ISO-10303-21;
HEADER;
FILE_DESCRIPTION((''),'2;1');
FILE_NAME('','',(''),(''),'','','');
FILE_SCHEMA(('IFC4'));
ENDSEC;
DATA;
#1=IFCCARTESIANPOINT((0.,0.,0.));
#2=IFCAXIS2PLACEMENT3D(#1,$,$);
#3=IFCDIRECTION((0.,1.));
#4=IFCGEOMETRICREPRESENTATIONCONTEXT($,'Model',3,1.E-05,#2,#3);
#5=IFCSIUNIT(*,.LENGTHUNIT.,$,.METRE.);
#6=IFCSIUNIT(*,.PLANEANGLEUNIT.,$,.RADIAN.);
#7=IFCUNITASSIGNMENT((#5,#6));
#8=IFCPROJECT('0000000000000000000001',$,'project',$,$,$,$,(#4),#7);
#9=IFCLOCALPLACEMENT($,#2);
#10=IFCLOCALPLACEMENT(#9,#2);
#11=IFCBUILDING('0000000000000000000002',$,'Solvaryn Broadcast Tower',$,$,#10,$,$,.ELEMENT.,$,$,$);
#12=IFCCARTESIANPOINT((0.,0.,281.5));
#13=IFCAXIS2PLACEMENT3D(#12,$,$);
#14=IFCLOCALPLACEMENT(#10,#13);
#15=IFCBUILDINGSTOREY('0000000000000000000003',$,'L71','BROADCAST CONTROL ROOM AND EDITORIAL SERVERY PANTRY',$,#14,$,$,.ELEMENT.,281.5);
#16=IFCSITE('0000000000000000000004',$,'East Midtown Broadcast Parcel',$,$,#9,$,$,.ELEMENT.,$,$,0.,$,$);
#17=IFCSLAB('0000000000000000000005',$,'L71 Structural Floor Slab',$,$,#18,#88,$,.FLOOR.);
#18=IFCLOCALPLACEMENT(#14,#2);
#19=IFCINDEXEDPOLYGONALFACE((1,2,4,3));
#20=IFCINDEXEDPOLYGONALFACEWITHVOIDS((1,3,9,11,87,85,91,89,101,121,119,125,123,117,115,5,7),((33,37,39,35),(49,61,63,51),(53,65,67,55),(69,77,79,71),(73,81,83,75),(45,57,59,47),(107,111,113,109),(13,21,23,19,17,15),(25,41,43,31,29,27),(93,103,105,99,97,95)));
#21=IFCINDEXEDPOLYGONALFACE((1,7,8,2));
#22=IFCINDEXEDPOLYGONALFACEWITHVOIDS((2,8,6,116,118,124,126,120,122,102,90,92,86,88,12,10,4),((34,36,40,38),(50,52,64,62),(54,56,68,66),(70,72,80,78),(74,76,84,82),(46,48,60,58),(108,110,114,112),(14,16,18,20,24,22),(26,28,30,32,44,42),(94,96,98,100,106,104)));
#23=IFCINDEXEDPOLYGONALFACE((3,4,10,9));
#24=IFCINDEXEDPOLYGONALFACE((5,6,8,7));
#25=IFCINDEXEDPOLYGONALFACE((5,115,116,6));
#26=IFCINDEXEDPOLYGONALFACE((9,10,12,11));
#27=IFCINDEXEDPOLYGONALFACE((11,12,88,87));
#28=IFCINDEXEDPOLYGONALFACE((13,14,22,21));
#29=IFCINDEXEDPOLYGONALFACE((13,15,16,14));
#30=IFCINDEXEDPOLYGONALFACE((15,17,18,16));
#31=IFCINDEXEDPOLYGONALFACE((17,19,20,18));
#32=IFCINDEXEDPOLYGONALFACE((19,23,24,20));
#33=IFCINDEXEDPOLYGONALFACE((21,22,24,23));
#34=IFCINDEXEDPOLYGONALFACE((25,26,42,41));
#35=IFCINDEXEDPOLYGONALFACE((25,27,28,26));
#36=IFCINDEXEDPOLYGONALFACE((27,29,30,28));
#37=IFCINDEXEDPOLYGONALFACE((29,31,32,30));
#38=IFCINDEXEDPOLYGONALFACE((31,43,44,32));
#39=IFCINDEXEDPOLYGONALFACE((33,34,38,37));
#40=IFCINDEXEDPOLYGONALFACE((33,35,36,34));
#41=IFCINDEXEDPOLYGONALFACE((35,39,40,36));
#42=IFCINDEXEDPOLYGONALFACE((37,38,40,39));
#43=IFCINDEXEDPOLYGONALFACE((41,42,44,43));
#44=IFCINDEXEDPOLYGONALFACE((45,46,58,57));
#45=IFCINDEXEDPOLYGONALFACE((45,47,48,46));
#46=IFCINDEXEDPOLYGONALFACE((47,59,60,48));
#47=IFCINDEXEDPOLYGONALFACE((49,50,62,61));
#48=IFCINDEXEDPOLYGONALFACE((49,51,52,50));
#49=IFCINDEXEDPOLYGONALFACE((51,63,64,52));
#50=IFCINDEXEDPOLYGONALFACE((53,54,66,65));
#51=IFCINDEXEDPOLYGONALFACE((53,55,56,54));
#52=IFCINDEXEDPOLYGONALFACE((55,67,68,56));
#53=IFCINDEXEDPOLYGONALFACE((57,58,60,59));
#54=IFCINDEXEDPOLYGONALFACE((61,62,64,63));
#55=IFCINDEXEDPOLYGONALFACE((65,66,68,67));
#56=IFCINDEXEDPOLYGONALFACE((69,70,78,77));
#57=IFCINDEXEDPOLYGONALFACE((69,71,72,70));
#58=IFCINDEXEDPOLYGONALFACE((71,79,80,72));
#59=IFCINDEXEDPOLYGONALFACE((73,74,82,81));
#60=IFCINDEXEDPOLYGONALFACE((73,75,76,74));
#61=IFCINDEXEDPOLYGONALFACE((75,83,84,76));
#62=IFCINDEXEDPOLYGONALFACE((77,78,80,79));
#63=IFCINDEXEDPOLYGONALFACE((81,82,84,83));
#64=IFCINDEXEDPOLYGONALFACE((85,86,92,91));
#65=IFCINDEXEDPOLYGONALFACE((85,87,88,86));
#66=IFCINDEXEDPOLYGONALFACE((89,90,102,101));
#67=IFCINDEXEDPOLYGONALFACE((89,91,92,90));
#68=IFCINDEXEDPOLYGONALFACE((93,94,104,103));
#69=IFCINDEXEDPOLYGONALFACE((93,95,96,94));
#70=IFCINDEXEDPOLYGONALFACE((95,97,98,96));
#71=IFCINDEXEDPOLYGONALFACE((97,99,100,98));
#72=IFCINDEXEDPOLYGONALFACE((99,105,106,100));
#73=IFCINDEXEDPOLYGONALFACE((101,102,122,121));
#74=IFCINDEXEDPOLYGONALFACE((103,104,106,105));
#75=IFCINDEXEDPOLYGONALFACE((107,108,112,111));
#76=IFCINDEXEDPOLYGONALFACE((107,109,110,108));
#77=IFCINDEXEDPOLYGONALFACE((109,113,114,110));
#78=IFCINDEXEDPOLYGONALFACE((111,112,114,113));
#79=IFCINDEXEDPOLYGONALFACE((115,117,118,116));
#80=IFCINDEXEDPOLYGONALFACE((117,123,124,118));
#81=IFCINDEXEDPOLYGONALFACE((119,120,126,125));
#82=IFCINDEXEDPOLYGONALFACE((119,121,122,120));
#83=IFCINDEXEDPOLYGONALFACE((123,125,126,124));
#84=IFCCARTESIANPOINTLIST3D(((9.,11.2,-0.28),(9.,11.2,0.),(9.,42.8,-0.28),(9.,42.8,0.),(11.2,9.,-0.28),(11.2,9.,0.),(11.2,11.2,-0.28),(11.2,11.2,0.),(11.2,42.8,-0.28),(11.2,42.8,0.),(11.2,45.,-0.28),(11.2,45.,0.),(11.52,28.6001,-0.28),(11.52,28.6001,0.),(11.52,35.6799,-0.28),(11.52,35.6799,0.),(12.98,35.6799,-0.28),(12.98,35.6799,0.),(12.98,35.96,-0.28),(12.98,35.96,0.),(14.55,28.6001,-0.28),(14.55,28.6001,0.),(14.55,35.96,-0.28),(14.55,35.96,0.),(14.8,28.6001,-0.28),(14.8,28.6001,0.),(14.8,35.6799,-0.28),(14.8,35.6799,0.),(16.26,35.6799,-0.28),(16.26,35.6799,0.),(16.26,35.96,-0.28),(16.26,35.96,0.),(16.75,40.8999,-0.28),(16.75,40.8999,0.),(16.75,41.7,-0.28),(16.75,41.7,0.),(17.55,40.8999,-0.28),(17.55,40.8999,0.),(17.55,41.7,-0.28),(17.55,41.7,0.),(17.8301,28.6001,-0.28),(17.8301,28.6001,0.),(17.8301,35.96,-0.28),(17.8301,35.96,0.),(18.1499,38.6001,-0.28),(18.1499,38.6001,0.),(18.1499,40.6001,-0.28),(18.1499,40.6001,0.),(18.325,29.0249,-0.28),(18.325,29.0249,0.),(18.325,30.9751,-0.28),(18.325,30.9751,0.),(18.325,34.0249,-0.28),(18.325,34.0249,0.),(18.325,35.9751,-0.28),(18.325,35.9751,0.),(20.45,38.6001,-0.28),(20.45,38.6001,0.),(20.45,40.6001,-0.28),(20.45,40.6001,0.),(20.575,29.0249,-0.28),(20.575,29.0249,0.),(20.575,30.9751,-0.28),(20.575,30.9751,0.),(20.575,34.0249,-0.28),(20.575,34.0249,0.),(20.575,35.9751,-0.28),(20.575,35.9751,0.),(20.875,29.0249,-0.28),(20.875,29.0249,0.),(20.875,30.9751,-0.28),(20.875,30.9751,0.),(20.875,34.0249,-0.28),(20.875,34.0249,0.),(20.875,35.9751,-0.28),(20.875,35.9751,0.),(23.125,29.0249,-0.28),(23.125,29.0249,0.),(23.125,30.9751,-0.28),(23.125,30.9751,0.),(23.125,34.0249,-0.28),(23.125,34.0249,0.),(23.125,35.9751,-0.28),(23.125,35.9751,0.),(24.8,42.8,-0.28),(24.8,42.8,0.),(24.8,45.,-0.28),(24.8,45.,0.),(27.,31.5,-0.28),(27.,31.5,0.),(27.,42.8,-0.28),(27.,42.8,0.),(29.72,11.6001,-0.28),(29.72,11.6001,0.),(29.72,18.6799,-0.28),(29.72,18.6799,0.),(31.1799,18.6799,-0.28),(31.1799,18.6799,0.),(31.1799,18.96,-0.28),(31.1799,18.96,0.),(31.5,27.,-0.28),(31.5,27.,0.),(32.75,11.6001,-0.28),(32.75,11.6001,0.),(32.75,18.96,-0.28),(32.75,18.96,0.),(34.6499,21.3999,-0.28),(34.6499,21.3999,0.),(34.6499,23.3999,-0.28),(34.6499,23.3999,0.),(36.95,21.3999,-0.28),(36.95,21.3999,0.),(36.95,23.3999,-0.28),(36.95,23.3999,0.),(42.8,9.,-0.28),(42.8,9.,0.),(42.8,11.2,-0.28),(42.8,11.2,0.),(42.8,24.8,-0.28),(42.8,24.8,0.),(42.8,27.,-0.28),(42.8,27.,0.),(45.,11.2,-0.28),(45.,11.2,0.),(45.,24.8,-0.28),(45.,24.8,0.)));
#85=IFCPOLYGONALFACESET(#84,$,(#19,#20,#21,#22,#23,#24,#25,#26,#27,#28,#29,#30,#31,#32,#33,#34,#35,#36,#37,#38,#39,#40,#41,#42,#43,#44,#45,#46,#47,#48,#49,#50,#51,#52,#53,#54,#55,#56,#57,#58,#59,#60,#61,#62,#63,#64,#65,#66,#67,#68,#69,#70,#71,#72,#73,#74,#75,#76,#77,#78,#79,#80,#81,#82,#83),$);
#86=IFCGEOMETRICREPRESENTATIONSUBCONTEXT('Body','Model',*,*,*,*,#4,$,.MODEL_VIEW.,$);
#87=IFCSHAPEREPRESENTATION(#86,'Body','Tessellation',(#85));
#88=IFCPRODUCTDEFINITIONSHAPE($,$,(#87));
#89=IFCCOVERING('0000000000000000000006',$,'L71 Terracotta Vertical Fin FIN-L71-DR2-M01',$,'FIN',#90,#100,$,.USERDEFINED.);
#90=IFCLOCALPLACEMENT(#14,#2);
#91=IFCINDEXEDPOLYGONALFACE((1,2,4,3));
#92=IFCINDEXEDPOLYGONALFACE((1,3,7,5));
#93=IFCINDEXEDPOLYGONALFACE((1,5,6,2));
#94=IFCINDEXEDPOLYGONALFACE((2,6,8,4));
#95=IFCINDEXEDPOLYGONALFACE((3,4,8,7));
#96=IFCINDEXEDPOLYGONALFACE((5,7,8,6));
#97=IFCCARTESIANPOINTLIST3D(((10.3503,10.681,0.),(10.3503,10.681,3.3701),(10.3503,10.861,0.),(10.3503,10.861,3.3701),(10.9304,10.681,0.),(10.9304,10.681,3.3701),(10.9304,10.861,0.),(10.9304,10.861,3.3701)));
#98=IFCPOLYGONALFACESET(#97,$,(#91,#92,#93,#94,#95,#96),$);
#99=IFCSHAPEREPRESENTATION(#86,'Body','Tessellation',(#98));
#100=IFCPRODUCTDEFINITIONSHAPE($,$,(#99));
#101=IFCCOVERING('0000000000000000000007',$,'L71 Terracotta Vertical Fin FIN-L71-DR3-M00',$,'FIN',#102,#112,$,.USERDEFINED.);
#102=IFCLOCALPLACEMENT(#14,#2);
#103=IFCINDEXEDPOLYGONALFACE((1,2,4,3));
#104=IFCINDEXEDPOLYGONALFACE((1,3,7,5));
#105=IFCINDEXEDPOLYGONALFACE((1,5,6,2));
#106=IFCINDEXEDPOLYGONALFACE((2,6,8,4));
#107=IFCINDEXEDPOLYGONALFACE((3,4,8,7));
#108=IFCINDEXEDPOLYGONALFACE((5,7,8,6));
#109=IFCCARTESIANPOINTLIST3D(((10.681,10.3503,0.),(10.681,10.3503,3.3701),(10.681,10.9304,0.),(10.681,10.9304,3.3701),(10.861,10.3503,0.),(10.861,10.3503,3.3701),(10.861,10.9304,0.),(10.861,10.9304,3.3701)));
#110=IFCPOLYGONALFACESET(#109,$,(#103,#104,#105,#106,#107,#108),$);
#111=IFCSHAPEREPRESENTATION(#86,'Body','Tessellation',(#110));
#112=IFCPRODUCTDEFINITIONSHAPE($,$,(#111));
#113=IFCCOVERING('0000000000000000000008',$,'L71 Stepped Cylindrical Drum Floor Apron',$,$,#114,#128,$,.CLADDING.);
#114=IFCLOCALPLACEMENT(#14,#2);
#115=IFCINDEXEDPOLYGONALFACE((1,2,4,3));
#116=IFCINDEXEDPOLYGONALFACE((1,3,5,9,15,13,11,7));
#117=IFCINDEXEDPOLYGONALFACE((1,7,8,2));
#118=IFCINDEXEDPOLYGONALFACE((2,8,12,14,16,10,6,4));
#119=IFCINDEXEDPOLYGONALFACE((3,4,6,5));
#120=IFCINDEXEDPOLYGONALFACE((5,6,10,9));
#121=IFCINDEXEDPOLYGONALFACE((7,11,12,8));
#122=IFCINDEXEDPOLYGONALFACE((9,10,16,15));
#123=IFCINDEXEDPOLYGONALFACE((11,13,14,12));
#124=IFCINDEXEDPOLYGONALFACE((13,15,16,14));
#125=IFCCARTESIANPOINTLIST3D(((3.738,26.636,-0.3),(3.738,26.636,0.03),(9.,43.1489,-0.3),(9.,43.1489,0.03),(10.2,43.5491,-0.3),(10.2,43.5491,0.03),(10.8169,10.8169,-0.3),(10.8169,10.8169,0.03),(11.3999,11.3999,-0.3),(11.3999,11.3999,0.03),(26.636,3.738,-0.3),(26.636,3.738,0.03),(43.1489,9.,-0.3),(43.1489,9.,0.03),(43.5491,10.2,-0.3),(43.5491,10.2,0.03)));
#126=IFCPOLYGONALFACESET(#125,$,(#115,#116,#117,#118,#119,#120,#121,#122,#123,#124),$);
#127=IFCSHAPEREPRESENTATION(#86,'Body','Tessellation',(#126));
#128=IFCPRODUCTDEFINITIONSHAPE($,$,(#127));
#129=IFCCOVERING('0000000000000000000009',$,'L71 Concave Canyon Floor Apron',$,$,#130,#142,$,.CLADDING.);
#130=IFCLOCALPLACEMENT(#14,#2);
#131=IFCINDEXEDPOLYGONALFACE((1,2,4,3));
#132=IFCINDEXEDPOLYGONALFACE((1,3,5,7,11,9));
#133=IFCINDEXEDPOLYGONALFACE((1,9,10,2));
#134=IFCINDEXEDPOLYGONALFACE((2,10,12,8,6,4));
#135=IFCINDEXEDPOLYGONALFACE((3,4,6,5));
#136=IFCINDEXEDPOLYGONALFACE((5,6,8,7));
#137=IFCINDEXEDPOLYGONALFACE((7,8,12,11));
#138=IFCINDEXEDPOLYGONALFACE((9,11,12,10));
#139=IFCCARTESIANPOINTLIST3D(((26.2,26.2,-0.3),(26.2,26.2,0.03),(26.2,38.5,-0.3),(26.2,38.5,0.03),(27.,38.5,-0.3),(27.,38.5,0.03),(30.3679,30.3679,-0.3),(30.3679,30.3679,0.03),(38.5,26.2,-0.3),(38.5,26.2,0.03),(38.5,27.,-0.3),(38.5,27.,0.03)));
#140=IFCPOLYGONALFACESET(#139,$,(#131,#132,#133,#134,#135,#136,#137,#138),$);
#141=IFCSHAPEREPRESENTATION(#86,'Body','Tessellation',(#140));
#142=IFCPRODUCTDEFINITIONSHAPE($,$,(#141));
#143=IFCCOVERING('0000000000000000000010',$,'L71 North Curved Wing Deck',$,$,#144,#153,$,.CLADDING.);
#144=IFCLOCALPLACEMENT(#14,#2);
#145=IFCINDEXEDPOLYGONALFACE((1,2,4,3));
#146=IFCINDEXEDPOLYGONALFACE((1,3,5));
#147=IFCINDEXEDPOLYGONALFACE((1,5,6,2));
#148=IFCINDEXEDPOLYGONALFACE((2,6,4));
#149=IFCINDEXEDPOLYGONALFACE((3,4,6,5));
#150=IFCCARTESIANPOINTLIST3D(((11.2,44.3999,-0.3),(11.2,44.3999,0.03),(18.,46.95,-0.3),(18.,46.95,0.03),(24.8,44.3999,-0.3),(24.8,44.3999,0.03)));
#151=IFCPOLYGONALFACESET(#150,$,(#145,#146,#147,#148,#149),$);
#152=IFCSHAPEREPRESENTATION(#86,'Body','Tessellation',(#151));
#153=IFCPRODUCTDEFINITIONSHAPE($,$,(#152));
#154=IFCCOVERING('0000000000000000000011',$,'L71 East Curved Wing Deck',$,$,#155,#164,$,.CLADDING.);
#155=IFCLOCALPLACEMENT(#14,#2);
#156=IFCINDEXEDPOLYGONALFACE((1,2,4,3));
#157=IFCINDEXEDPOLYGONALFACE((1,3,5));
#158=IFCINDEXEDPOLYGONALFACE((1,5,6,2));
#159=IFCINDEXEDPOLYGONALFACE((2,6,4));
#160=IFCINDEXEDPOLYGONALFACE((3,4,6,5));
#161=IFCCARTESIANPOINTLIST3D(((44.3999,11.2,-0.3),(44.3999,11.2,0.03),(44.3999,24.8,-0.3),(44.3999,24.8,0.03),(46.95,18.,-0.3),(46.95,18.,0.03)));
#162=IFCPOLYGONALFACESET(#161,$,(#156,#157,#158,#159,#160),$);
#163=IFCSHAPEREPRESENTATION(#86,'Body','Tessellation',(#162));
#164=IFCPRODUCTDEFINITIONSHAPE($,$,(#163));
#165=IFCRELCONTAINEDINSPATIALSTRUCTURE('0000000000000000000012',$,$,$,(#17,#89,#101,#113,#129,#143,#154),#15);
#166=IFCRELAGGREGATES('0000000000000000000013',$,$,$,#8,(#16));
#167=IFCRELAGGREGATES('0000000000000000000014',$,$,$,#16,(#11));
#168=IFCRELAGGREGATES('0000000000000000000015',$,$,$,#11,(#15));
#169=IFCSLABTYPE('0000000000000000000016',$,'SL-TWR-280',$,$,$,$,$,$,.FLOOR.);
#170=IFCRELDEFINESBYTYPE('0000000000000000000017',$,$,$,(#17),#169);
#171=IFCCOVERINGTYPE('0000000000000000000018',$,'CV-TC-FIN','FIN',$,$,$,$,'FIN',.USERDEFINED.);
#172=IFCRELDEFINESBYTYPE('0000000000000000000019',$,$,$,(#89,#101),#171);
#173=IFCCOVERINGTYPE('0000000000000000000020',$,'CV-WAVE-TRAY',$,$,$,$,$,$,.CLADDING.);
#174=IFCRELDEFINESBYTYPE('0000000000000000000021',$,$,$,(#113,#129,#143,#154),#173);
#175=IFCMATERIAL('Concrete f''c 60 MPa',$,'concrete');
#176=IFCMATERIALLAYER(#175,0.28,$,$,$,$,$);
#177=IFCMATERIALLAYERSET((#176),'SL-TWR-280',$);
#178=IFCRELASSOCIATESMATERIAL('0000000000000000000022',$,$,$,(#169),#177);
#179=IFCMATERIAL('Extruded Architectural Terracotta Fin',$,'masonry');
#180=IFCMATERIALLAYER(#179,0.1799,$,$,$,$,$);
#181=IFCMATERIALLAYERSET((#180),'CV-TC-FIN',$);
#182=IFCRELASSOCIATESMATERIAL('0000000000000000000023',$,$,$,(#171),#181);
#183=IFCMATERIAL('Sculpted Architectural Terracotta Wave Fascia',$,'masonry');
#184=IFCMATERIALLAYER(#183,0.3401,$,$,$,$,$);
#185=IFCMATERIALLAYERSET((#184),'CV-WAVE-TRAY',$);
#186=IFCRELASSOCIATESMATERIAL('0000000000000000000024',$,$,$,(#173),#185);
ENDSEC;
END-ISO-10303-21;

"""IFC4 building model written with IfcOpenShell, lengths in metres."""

from ifc_helpers import new_model, si_unit, direction, frame, origin, origin_2d, place, context, subcontext, project, spatial, polyline, rectangle, outline, extrude, material, layer, layer_set, type_object, element, save


model = new_model("IFC4")

# Units and contexts
model_context = context("Model", 3, precision=1e-05, world=origin(), true_north=direction((0.0, 1.0)))
body_context = subcontext(model_context, "Body", "Model", "MODEL_VIEW")
ifc_project = project(units=[si_unit("LENGTHUNIT", "METRE"), si_unit("PLANEANGLEUNIT", "RADIAN")], contexts=[model_context])

# Site, building, storey
site_placement = place(None, origin())
site = spatial("IfcSite", under=ifc_project, at=site_placement, Name="East Midtown Broadcast Parcel", CompositionType="ELEMENT", RefElevation=0.0)
building_placement = place(site_placement, origin())
building = spatial("IfcBuilding", under=site, at=building_placement, Name="Solvaryn Broadcast Tower", CompositionType="ELEMENT")
storey_placement = place(building_placement, frame((0.0, 0.0, 281.5)))
storey = spatial("IfcBuildingStorey", under=building, at=storey_placement, Name="L71", Description="BROADCAST CONTROL ROOM AND EDITORIAL SERVERY PANTRY", CompositionType="ELEMENT", Elevation=281.5)

# Slab
ifc_material_1 = material(Name="Concrete f'c 60 MPa", Category="concrete")
ifc_layer_1 = layer(ifc_material_1, 0.28)
ifc_layer_set_1 = layer_set([ifc_layer_1], Name="SL-TWR-280")
slab_type_1 = type_object("IfcSlabType", Name="SL-TWR-280", PredefinedType="FLOOR", material=ifc_layer_set_1)
slab_1_placement = place(storey_placement, frame((0.0, 0.0, -0.28)))
element("IfcSlab", 1, at=slab_1_placement, inside=storey, type_object=slab_type_1, Name="L71 Structural Floor Slab", PredefinedType="FLOOR", context=body_context, shape_type="SweptSolid", body=[
    extrude(outline(polyline([(11.2, 9.0), (42.8, 9.0), (42.8, 11.2), (45.0, 11.2), (45.0, 24.8), (42.8, 24.8), (42.8, 27.0), (31.5, 27.0), (27.0, 31.5), (27.0, 42.8), (24.8, 42.8), (24.8, 45.0), (11.2, 45.0), (11.2, 42.8), (9.0, 42.8), (9.0, 11.2), (11.2, 11.2), (11.2, 9.0)]), holes=[polyline([(11.52, 28.6001), (14.55, 28.6001), (14.55, 35.96), (12.98, 35.96), (12.98, 35.6799), (11.52, 35.6799), (11.52, 28.6001)]), polyline([(14.8, 28.6001), (17.8301, 28.6001), (17.8301, 35.96), (16.26, 35.96), (16.26, 35.6799), (14.8, 35.6799), (14.8, 28.6001)]), polyline([(29.72, 11.6001), (32.75, 11.6001), (32.75, 18.96), (31.1799, 18.96), (31.1799, 18.6799), (29.72, 18.6799), (29.72, 11.6001)]), polyline([(18.1499, 38.6001), (20.45, 38.6001), (20.45, 40.6001), (18.1499, 40.6001), (18.1499, 38.6001)]), polyline([(18.325, 29.0249), (20.575, 29.0249), (20.575, 30.9751), (18.325, 30.9751), (18.325, 29.0249)]), polyline([(20.875, 29.0249), (23.125, 29.0249), (23.125, 30.9751), (20.875, 30.9751), (20.875, 29.0249)]), polyline([(18.325, 34.0249), (20.575, 34.0249), (20.575, 35.9751), (18.325, 35.9751), (18.325, 34.0249)]), polyline([(20.875, 34.0249), (23.125, 34.0249), (23.125, 35.9751), (20.875, 35.9751), (20.875, 34.0249)]), polyline([(34.6499, 21.3999), (36.95, 21.3999), (36.95, 23.3999), (34.6499, 23.3999), (34.6499, 21.3999)]), polyline([(16.75, 40.8999), (17.55, 40.8999), (17.55, 41.7), (16.75, 41.7), (16.75, 40.8999)])]), origin(), (0.0, 0.0, 1.0), 0.28),
])

# Coverings
ifc_material_2 = material(Name="Extruded Architectural Terracotta Fin", Category="masonry")
ifc_layer_2 = layer(ifc_material_2, 0.1799)
ifc_layer_set_2 = layer_set([ifc_layer_2], Name="CV-TC-FIN")
covering_type_1 = type_object("IfcCoveringType", Name="CV-TC-FIN", Description="FIN", ElementType="FIN", PredefinedType="USERDEFINED", material=ifc_layer_set_2)
covering_1_placement = place(storey_placement, frame((10.6404, 10.771, 0.0), z_axis=(0.0, 0.0, 1.0), x_axis=(1.0, 0.0, 0.0)))
element("IfcCovering", 2, at=covering_1_placement, inside=storey, type_object=covering_type_1, Name="L71 Terracotta Vertical Fin FIN-L71-DR2-M01", ObjectType="FIN", PredefinedType="USERDEFINED", context=body_context, shape_type="SweptSolid", body=[
    extrude(rectangle(XDim=0.5801, YDim=0.1799, at=origin_2d()), origin(), (0.0, 0.0, 1.0), 3.3701),
])
covering_2_placement = place(storey_placement, frame((10.771, 10.6404, 0.0), z_axis=(0.0, 0.0, 1.0), x_axis=(1.0, 0.0, 0.0)))
element("IfcCovering", 3, at=covering_2_placement, inside=storey, type_object=covering_type_1, Name="L71 Terracotta Vertical Fin FIN-L71-DR3-M00", ObjectType="FIN", PredefinedType="USERDEFINED", context=body_context, shape_type="SweptSolid", body=[
    extrude(rectangle(XDim=0.1799, YDim=0.5801, at=origin_2d()), origin(), (0.0, 0.0, 1.0), 3.3701),
])
ifc_material_3 = material(Name="Sculpted Architectural Terracotta Wave Fascia", Category="masonry")
ifc_layer_3 = layer(ifc_material_3, 0.3401)
ifc_layer_set_3 = layer_set([ifc_layer_3], Name="CV-WAVE-TRAY")
covering_type_2 = type_object("IfcCoveringType", Name="CV-WAVE-TRAY", PredefinedType="CLADDING", material=ifc_layer_set_3)
covering_3_placement = place(storey_placement, frame((0.0, 0.0, -0.3)))
element("IfcCovering", 4, at=covering_3_placement, inside=storey, type_object=covering_type_2, Name="L71 Stepped Cylindrical Drum Floor Apron", PredefinedType="CLADDING", context=body_context, shape_type="SweptSolid", body=[
    extrude(outline(polyline([(10.2, 43.5491), (9.0, 43.1489), (3.738, 26.636), (10.8169, 10.8169), (26.636, 3.738), (43.1489, 9.0), (43.1489, 9.0), (43.5491, 10.2), (11.3999, 11.3999), (10.2, 43.5491)])), origin(), (0.0, 0.0, 1.0), 0.3301),
])
covering_4_placement = place(storey_placement, frame((0.0, 0.0, -0.3)))
element("IfcCovering", 5, at=covering_4_placement, inside=storey, type_object=covering_type_2, Name="L71 Concave Canyon Floor Apron", PredefinedType="CLADDING", context=body_context, shape_type="SweptSolid", body=[
    extrude(outline(polyline([(26.2, 26.2), (38.5, 26.2), (38.5, 27.0), (30.3679, 30.3679), (27.0, 38.5), (26.2, 38.5), (26.2, 26.2)])), origin(), (0.0, 0.0, 1.0), 0.3301),
])
covering_5_placement = place(storey_placement, frame((0.0, 0.0, -0.3)))
element("IfcCovering", 6, at=covering_5_placement, inside=storey, type_object=covering_type_2, Name="L71 North Curved Wing Deck", PredefinedType="CLADDING", context=body_context, shape_type="SweptSolid", body=[
    extrude(outline(polyline([(11.2, 44.3999), (24.8, 44.3999), (18.0, 46.95), (11.2, 44.3999)])), origin(), (0.0, 0.0, 1.0), 0.3301),
])
covering_6_placement = place(storey_placement, frame((0.0, 0.0, -0.3)))
element("IfcCovering", 7, at=covering_6_placement, inside=storey, type_object=covering_type_2, Name="L71 East Curved Wing Deck", PredefinedType="CLADDING", context=body_context, shape_type="SweptSolid", body=[
    extrude(outline(polyline([(44.3999, 11.2), (46.95, 18.0), (44.3999, 24.8), (44.3999, 11.2)])), origin(), (0.0, 0.0, 1.0), 0.3301),
])

save(model, "model.ifc")
